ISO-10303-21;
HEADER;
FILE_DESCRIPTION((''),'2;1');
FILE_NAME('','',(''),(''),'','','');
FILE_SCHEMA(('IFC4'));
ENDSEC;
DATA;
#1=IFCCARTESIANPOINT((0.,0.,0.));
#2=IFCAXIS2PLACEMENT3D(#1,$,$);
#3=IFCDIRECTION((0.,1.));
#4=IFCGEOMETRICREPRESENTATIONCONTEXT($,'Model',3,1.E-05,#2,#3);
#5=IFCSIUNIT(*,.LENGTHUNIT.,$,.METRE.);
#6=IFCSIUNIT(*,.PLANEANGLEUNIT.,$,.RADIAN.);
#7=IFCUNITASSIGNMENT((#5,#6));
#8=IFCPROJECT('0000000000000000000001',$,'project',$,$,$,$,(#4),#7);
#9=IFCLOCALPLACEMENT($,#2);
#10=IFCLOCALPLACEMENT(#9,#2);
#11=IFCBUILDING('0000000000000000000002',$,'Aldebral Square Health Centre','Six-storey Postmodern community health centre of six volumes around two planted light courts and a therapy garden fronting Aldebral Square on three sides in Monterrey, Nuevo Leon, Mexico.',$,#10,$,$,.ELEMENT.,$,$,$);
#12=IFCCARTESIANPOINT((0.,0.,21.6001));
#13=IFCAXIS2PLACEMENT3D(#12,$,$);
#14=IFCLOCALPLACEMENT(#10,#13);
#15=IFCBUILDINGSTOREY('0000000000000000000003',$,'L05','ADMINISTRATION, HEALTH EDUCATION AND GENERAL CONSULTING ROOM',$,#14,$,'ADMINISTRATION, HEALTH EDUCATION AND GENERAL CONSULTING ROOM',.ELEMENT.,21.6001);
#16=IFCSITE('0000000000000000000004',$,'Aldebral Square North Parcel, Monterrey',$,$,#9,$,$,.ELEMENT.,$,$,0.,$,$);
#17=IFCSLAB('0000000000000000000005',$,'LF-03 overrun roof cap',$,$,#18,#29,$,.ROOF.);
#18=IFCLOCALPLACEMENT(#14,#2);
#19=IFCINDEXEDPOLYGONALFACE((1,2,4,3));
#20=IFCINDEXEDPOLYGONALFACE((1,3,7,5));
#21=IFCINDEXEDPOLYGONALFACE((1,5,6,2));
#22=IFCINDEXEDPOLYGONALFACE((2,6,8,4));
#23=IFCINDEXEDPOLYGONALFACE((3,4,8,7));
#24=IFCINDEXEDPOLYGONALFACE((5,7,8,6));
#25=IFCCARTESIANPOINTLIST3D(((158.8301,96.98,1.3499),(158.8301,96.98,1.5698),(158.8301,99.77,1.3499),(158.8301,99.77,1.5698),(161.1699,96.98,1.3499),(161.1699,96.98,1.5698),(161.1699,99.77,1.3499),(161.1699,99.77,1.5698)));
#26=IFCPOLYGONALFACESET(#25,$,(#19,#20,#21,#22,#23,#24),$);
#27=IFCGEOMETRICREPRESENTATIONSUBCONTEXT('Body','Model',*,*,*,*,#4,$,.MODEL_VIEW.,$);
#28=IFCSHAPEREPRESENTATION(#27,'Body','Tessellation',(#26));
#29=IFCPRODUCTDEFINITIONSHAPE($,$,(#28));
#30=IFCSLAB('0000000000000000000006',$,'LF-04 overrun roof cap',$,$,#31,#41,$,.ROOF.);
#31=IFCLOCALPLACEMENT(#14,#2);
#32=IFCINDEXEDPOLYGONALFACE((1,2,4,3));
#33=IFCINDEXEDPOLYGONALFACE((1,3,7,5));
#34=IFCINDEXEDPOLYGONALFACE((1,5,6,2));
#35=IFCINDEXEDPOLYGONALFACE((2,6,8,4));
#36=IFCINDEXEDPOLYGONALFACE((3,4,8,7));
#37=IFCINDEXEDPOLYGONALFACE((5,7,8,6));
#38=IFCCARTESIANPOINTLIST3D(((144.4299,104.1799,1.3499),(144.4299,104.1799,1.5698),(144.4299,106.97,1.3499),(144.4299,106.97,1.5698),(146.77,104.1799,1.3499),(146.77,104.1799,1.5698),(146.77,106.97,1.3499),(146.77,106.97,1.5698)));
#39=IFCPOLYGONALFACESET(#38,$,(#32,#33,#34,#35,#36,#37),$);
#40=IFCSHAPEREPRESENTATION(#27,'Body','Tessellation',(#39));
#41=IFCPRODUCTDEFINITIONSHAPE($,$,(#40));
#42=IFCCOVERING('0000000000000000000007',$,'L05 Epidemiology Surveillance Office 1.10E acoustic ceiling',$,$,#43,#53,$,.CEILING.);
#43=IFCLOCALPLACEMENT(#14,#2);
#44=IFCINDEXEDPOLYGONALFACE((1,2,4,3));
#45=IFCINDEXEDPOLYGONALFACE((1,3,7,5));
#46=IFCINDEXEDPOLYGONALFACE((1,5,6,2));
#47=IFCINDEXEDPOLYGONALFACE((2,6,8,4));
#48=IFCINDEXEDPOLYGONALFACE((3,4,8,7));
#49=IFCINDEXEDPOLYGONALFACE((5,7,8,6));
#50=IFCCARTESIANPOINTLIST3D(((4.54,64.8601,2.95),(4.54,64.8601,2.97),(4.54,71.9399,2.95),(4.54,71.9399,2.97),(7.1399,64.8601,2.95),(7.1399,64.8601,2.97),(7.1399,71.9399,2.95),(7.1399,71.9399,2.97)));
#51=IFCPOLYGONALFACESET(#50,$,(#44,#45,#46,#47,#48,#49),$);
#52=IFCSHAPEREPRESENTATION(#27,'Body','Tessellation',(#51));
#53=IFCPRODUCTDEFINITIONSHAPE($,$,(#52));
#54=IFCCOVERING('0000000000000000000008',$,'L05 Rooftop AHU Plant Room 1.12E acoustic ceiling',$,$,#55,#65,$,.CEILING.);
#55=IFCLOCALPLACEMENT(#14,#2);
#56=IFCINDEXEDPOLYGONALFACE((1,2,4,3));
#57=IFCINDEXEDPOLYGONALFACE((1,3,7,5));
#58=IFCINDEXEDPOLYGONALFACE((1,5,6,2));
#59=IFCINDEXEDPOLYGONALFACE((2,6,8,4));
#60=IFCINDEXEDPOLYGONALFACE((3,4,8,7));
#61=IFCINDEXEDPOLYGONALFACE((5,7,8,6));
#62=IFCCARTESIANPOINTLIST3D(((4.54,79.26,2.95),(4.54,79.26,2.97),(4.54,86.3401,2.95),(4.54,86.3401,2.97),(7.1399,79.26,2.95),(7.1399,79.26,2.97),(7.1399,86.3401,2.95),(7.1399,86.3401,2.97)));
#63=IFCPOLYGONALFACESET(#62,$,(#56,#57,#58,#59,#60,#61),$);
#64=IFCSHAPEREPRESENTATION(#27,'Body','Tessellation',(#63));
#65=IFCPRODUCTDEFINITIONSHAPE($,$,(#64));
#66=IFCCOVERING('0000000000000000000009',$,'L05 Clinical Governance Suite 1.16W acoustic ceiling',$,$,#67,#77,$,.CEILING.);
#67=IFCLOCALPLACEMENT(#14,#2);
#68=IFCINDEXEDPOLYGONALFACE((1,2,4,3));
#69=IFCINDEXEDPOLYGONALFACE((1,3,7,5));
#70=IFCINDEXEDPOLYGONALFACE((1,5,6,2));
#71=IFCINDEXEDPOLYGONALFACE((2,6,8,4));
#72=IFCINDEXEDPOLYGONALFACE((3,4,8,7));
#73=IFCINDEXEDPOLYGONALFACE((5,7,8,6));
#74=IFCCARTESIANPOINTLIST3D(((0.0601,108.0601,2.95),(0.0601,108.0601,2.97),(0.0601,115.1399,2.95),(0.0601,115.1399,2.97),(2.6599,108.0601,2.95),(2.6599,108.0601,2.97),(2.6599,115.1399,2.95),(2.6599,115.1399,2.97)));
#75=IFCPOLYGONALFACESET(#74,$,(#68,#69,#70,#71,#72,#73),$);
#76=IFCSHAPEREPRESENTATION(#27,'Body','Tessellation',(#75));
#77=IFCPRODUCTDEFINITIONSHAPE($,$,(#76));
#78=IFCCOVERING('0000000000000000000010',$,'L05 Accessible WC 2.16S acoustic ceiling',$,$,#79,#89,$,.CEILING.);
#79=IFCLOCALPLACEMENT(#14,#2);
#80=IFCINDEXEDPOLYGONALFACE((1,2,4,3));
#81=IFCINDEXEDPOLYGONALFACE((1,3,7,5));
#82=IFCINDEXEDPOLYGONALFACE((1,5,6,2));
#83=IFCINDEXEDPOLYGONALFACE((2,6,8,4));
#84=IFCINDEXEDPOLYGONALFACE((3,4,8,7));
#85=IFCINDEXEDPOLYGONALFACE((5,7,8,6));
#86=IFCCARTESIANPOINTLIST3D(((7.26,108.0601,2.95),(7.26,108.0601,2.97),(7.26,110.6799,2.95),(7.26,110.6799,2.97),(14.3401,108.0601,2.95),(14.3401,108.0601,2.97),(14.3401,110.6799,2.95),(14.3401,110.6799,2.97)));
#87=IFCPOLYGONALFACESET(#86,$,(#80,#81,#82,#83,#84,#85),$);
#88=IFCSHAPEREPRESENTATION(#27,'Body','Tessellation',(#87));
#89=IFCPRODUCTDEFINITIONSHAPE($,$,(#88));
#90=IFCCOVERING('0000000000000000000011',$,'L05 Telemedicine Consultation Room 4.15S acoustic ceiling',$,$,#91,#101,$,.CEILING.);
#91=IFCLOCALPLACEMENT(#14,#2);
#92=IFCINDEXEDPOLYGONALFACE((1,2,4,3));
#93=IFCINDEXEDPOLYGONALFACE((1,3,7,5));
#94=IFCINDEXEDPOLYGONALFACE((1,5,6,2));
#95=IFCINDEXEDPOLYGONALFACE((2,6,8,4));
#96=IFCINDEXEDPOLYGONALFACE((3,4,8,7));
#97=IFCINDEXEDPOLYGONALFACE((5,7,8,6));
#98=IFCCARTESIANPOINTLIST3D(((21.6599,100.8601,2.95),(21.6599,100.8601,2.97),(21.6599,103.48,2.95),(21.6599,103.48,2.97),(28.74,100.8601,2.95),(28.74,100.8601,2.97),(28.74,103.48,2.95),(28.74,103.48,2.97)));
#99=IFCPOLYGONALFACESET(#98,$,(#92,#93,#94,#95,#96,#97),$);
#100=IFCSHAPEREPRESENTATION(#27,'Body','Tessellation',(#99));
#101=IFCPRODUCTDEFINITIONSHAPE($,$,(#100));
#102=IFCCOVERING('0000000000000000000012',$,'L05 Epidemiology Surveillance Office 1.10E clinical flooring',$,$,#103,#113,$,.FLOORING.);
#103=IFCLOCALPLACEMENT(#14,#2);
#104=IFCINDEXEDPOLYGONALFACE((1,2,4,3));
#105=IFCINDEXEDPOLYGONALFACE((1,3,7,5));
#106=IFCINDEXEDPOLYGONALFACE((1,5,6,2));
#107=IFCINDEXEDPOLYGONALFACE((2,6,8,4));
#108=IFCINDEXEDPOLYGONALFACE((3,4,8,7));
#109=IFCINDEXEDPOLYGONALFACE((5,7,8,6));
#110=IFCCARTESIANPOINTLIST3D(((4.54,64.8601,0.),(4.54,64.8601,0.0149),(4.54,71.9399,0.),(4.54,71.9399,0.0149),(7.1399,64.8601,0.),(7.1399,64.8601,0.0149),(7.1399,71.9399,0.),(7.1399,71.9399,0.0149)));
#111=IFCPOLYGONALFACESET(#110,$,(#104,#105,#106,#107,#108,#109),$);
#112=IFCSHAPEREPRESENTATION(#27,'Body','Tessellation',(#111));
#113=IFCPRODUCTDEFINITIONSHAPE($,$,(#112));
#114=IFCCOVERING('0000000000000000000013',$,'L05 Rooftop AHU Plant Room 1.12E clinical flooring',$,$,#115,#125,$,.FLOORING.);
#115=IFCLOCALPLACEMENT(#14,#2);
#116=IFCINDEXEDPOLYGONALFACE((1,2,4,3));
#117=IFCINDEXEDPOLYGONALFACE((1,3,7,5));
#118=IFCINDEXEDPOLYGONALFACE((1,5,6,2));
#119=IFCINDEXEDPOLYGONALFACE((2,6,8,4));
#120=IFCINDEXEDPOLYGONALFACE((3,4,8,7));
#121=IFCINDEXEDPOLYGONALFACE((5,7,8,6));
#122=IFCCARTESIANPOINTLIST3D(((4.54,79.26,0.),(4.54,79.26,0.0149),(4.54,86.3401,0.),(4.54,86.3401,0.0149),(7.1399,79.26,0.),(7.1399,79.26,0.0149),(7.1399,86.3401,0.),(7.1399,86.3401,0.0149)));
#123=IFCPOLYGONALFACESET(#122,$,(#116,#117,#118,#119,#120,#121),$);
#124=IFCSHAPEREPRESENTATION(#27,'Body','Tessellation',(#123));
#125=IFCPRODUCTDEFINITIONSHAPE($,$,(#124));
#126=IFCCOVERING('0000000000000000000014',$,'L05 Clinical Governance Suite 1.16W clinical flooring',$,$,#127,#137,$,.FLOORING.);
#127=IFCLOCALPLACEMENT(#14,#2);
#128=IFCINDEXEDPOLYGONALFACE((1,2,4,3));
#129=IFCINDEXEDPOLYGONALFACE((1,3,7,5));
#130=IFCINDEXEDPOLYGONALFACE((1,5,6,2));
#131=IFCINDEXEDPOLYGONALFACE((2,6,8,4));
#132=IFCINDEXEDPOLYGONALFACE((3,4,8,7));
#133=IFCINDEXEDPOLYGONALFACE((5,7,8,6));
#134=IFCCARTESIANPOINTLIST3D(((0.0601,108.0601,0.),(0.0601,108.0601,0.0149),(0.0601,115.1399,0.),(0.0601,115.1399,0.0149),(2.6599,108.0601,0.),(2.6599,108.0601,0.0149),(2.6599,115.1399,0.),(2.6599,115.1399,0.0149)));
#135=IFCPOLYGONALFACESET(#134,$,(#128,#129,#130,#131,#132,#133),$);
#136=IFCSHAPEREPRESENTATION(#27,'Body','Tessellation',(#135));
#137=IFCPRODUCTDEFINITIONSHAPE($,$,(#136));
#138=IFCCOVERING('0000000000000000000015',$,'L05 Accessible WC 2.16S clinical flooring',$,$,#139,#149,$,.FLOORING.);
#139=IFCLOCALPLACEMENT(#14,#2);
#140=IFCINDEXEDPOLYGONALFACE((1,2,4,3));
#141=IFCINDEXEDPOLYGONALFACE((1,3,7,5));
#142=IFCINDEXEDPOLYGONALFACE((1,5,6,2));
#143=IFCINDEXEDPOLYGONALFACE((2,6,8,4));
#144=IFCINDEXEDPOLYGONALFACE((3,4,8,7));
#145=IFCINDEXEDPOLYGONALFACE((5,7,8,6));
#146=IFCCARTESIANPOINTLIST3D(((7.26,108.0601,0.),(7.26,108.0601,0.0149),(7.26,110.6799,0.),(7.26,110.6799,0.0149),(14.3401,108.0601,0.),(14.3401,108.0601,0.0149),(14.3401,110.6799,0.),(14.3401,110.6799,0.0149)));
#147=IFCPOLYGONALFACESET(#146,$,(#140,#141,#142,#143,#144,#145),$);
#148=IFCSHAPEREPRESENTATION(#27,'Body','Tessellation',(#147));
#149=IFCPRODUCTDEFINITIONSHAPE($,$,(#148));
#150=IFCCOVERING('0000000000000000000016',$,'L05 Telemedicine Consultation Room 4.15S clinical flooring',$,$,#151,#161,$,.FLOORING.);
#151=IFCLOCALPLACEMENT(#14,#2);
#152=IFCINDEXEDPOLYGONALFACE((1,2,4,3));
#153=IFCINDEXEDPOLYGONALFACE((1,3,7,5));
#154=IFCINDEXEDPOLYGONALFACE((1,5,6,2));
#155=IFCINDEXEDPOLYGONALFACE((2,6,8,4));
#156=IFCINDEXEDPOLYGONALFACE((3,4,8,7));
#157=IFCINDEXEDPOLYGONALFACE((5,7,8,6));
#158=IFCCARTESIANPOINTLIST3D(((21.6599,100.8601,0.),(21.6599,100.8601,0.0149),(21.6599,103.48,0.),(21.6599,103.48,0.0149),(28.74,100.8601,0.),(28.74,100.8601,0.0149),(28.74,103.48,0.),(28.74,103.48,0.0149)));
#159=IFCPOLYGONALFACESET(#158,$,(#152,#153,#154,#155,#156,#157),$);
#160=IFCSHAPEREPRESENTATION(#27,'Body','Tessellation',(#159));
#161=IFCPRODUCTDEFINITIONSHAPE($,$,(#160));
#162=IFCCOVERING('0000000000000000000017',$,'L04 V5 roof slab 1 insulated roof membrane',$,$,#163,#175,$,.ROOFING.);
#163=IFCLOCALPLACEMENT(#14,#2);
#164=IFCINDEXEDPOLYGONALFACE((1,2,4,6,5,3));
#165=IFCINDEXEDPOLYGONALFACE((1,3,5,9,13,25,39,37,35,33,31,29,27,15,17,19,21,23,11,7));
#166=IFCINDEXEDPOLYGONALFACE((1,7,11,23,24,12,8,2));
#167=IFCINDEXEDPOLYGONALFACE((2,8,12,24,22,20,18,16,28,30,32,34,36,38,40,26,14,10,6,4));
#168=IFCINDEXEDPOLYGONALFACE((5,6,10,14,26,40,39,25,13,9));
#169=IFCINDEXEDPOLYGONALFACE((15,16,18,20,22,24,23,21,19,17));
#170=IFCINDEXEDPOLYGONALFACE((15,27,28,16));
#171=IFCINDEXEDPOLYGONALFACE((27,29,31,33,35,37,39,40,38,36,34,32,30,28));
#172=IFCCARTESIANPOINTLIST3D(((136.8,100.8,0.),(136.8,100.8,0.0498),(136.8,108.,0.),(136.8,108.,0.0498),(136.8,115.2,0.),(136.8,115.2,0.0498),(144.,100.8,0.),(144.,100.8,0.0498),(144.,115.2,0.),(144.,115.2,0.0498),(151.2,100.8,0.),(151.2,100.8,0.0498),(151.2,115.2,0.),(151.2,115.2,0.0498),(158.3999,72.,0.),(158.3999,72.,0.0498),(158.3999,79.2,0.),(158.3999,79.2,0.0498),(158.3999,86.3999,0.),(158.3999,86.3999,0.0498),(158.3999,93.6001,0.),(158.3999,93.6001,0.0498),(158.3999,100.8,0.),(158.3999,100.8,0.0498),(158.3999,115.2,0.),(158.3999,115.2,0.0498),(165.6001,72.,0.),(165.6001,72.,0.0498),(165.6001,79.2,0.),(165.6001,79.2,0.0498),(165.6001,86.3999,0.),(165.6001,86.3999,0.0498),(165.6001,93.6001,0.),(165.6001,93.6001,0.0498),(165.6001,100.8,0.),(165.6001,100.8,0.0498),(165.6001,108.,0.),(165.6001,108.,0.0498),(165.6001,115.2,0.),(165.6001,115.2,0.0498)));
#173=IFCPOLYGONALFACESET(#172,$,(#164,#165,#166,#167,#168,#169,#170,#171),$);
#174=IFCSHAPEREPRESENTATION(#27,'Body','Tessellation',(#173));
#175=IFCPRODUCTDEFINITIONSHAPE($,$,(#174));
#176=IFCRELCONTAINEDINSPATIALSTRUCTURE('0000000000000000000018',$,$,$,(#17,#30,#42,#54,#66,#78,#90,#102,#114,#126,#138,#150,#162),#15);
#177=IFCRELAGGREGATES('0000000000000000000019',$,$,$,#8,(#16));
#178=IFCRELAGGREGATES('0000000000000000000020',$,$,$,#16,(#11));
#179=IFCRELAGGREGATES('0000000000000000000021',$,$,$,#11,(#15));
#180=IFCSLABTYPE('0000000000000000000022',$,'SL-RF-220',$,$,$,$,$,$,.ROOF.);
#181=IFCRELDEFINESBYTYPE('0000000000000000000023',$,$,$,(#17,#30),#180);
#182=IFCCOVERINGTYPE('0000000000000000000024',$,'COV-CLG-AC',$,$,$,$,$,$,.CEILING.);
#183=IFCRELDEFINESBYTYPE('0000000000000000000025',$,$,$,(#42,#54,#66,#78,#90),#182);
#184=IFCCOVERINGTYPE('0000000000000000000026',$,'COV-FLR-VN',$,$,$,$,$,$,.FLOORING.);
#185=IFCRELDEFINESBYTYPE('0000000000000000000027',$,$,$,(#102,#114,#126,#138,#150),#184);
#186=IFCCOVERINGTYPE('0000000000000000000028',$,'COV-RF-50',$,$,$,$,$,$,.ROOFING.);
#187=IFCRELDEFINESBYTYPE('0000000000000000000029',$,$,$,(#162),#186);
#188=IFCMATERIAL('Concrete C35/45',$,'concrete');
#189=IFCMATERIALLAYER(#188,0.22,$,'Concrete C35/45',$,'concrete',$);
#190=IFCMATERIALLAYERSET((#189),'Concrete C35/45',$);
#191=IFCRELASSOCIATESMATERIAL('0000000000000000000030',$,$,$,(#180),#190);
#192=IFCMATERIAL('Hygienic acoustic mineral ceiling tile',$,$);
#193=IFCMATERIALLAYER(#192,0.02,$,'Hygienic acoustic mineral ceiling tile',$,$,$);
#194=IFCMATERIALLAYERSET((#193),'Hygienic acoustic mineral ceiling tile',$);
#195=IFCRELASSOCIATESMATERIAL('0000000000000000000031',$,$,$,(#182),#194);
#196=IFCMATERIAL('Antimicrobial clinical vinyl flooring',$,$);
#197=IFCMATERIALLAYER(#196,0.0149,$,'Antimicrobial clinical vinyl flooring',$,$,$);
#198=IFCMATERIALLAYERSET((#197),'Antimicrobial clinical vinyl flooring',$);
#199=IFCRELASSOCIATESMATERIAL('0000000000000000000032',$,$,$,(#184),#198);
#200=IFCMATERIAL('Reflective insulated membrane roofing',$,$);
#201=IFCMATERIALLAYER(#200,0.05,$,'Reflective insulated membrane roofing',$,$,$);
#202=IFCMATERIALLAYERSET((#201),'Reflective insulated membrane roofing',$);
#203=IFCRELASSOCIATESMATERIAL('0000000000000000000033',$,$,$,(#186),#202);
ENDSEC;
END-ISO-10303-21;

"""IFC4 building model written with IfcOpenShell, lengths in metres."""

from ifc_helpers import new_model, si_unit, direction, frame, origin, place, context, subcontext, project, spatial, polyline, outline, extrude, material, layer, layer_set, type_object, element, save


model = new_model("IFC4")

# Units and contexts
model_context = context("Model", 3, precision=1e-05, world=origin(), true_north=direction((0.0, 1.0)))
body_context = subcontext(model_context, "Body", "Model", "MODEL_VIEW")
ifc_project = project(units=[si_unit("LENGTHUNIT", "METRE"), si_unit("PLANEANGLEUNIT", "RADIAN")], contexts=[model_context])

# Site, building, storey
site_placement = place(None, origin())
site = spatial("IfcSite", under=ifc_project, at=site_placement, Name="Aldebral Square North Parcel, Monterrey", CompositionType="ELEMENT", RefElevation=0.0)
building_placement = place(site_placement, origin())
building = spatial("IfcBuilding", under=site, at=building_placement, Name="Aldebral Square Health Centre", Description="Six-storey Postmodern community health centre of six volumes around two planted light courts and a therapy garden fronting Aldebral Square on three sides in Monterrey, Nuevo Leon, Mexico.", CompositionType="ELEMENT")
storey_placement = place(building_placement, frame((0.0, 0.0, 21.6001)))
storey = spatial("IfcBuildingStorey", under=building, at=storey_placement, Name="L05", Description="ADMINISTRATION, HEALTH EDUCATION AND GENERAL CONSULTING ROOM", LongName="ADMINISTRATION, HEALTH EDUCATION AND GENERAL CONSULTING ROOM", CompositionType="ELEMENT", Elevation=21.6001)

# Shared definitions
ifc_material_1 = material(Name="Concrete C35/45", Category="concrete")

# Shared definitions
ifc_layer_1 = layer(ifc_material_1, 0.22, Name="Concrete C35/45", Category="concrete")
ifc_layer_set_1 = layer_set([ifc_layer_1], Name="Concrete C35/45")
slab_type_1 = type_object("IfcSlabType", Name="SL-RF-220", PredefinedType="ROOF", material=ifc_layer_set_1)

# Slabs
slab_1_placement = place(storey_placement, frame((0.0, 0.0, 1.3499)))
element("IfcSlab", 1, at=slab_1_placement, inside=storey, type_object=slab_type_1, Name="LF-03 overrun roof cap", PredefinedType="ROOF", context=body_context, shape_type="SweptSolid", body=[
    extrude(outline(polyline([(158.8301, 96.98), (161.1699, 96.98), (161.1699, 99.77), (158.8301, 99.77), (158.8301, 96.98)])), origin(), (0.0, 0.0, 1.0), 0.22),
])
slab_2_placement = place(storey_placement, frame((0.0, 0.0, 1.3499)))
element("IfcSlab", 2, at=slab_2_placement, inside=storey, type_object=slab_type_1, Name="LF-04 overrun roof cap", PredefinedType="ROOF", context=body_context, shape_type="SweptSolid", body=[
    extrude(outline(polyline([(144.4299, 104.1799), (146.77, 104.1799), (146.77, 106.97), (144.4299, 106.97), (144.4299, 104.1799)])), origin(), (0.0, 0.0, 1.0), 0.22),
])

# Coverings
ifc_material_2 = material(Name="Hygienic acoustic mineral ceiling tile")
ifc_layer_2 = layer(ifc_material_2, 0.02, Name="Hygienic acoustic mineral ceiling tile")
ifc_layer_set_2 = layer_set([ifc_layer_2], Name="Hygienic acoustic mineral ceiling tile")
covering_type_1 = type_object("IfcCoveringType", Name="COV-CLG-AC", PredefinedType="CEILING", material=ifc_layer_set_2)
covering_1_placement = place(storey_placement, frame((0.0, 0.0, 2.95)))
element("IfcCovering", 3, at=covering_1_placement, inside=storey, type_object=covering_type_1, Name="L05 Epidemiology Surveillance Office 1.10E acoustic ceiling", PredefinedType="CEILING", context=body_context, shape_type="SweptSolid", body=[
    extrude(outline(polyline([(4.54, 64.8601), (7.1399, 64.8601), (7.1399, 71.9399), (4.54, 71.9399), (4.54, 64.8601)])), origin(), (0.0, 0.0, 1.0), 0.02),
])
covering_2_placement = place(storey_placement, frame((0.0, 0.0, 2.95)))
element("IfcCovering", 4, at=covering_2_placement, inside=storey, type_object=covering_type_1, Name="L05 Rooftop AHU Plant Room 1.12E acoustic ceiling", PredefinedType="CEILING", context=body_context, shape_type="SweptSolid", body=[
    extrude(outline(polyline([(4.54, 79.26), (7.1399, 79.26), (7.1399, 86.3401), (4.54, 86.3401), (4.54, 79.26)])), origin(), (0.0, 0.0, 1.0), 0.02),
])
covering_3_placement = place(storey_placement, frame((0.0, 0.0, 2.95)))
element("IfcCovering", 5, at=covering_3_placement, inside=storey, type_object=covering_type_1, Name="L05 Clinical Governance Suite 1.16W acoustic ceiling", PredefinedType="CEILING", context=body_context, shape_type="SweptSolid", body=[
    extrude(outline(polyline([(0.0601, 108.0601), (2.6599, 108.0601), (2.6599, 115.1399), (0.0601, 115.1399), (0.0601, 108.0601)])), origin(), (0.0, 0.0, 1.0), 0.02),
])
covering_4_placement = place(storey_placement, frame((0.0, 0.0, 2.95)))
element("IfcCovering", 6, at=covering_4_placement, inside=storey, type_object=covering_type_1, Name="L05 Accessible WC 2.16S acoustic ceiling", PredefinedType="CEILING", context=body_context, shape_type="SweptSolid", body=[
    extrude(outline(polyline([(7.26, 108.0601), (14.3401, 108.0601), (14.3401, 110.6799), (7.26, 110.6799), (7.26, 108.0601)])), origin(), (0.0, 0.0, 1.0), 0.02),
])
covering_5_placement = place(storey_placement, frame((0.0, 0.0, 2.95)))
element("IfcCovering", 7, at=covering_5_placement, inside=storey, type_object=covering_type_1, Name="L05 Telemedicine Consultation Room 4.15S acoustic ceiling", PredefinedType="CEILING", context=body_context, shape_type="SweptSolid", body=[
    extrude(outline(polyline([(21.6599, 100.8601), (28.74, 100.8601), (28.74, 103.48), (21.6599, 103.48), (21.6599, 100.8601)])), origin(), (0.0, 0.0, 1.0), 0.02),
])
ifc_material_3 = material(Name="Antimicrobial clinical vinyl flooring")
ifc_layer_3 = layer(ifc_material_3, 0.0149, Name="Antimicrobial clinical vinyl flooring")
ifc_layer_set_3 = layer_set([ifc_layer_3], Name="Antimicrobial clinical vinyl flooring")
covering_type_2 = type_object("IfcCoveringType", Name="COV-FLR-VN", PredefinedType="FLOORING", material=ifc_layer_set_3)
covering_6_placement = place(storey_placement, origin())
element("IfcCovering", 8, at=covering_6_placement, inside=storey, type_object=covering_type_2, Name="L05 Epidemiology Surveillance Office 1.10E clinical flooring", PredefinedType="FLOORING", context=body_context, shape_type="SweptSolid", body=[
    extrude(outline(polyline([(4.54, 64.8601), (7.1399, 64.8601), (7.1399, 71.9399), (4.54, 71.9399), (4.54, 64.8601)])), origin(), (0.0, 0.0, 1.0), 0.0149),
])
covering_7_placement = place(storey_placement, origin())
element("IfcCovering", 9, at=covering_7_placement, inside=storey, type_object=covering_type_2, Name="L05 Rooftop AHU Plant Room 1.12E clinical flooring", PredefinedType="FLOORING", context=body_context, shape_type="SweptSolid", body=[
    extrude(outline(polyline([(4.54, 79.26), (7.1399, 79.26), (7.1399, 86.3401), (4.54, 86.3401), (4.54, 79.26)])), origin(), (0.0, 0.0, 1.0), 0.0149),
])
covering_8_placement = place(storey_placement, origin())
element("IfcCovering", 10, at=covering_8_placement, inside=storey, type_object=covering_type_2, Name="L05 Clinical Governance Suite 1.16W clinical flooring", PredefinedType="FLOORING", context=body_context, shape_type="SweptSolid", body=[
    extrude(outline(polyline([(0.0601, 108.0601), (2.6599, 108.0601), (2.6599, 115.1399), (0.0601, 115.1399), (0.0601, 108.0601)])), origin(), (0.0, 0.0, 1.0), 0.0149),
])
covering_9_placement = place(storey_placement, origin())
element("IfcCovering", 11, at=covering_9_placement, inside=storey, type_object=covering_type_2, Name="L05 Accessible WC 2.16S clinical flooring", PredefinedType="FLOORING", context=body_context, shape_type="SweptSolid", body=[
    extrude(outline(polyline([(7.26, 108.0601), (14.3401, 108.0601), (14.3401, 110.6799), (7.26, 110.6799), (7.26, 108.0601)])), origin(), (0.0, 0.0, 1.0), 0.0149),
])
covering_10_placement = place(storey_placement, origin())
element("IfcCovering", 12, at=covering_10_placement, inside=storey, type_object=covering_type_2, Name="L05 Telemedicine Consultation Room 4.15S clinical flooring", PredefinedType="FLOORING", context=body_context, shape_type="SweptSolid", body=[
    extrude(outline(polyline([(21.6599, 100.8601), (28.74, 100.8601), (28.74, 103.48), (21.6599, 103.48), (21.6599, 100.8601)])), origin(), (0.0, 0.0, 1.0), 0.0149),
])
ifc_material_4 = material(Name="Reflective insulated membrane roofing")
ifc_layer_4 = layer(ifc_material_4, 0.05, Name="Reflective insulated membrane roofing")
ifc_layer_set_4 = layer_set([ifc_layer_4], Name="Reflective insulated membrane roofing")
covering_type_3 = type_object("IfcCoveringType", Name="COV-RF-50", PredefinedType="ROOFING", material=ifc_layer_set_4)
covering_11_placement = place(storey_placement, origin())
element("IfcCovering", 13, at=covering_11_placement, inside=storey, type_object=covering_type_3, Name="L04 V5 roof slab 1 insulated roof membrane", PredefinedType="ROOFING", context=body_context, shape_type="SweptSolid", body=[
    extrude(outline(polyline([(144.0, 115.2), (151.2, 115.2), (158.3999, 115.2), (165.6001, 115.2), (165.6001, 108.0), (165.6001, 100.8), (165.6001, 93.6001), (165.6001, 86.3999), (165.6001, 79.2), (165.6001, 72.0), (158.3999, 72.0), (158.3999, 79.2), (158.3999, 86.3999), (158.3999, 93.6001), (158.3999, 100.8), (151.2, 100.8), (144.0, 100.8), (136.8, 100.8), (136.8, 108.0), (136.8, 115.2), (144.0, 115.2)])), origin(), (0.0, 0.0, 1.0), 0.0498),
])

save(model, "model.ifc")
